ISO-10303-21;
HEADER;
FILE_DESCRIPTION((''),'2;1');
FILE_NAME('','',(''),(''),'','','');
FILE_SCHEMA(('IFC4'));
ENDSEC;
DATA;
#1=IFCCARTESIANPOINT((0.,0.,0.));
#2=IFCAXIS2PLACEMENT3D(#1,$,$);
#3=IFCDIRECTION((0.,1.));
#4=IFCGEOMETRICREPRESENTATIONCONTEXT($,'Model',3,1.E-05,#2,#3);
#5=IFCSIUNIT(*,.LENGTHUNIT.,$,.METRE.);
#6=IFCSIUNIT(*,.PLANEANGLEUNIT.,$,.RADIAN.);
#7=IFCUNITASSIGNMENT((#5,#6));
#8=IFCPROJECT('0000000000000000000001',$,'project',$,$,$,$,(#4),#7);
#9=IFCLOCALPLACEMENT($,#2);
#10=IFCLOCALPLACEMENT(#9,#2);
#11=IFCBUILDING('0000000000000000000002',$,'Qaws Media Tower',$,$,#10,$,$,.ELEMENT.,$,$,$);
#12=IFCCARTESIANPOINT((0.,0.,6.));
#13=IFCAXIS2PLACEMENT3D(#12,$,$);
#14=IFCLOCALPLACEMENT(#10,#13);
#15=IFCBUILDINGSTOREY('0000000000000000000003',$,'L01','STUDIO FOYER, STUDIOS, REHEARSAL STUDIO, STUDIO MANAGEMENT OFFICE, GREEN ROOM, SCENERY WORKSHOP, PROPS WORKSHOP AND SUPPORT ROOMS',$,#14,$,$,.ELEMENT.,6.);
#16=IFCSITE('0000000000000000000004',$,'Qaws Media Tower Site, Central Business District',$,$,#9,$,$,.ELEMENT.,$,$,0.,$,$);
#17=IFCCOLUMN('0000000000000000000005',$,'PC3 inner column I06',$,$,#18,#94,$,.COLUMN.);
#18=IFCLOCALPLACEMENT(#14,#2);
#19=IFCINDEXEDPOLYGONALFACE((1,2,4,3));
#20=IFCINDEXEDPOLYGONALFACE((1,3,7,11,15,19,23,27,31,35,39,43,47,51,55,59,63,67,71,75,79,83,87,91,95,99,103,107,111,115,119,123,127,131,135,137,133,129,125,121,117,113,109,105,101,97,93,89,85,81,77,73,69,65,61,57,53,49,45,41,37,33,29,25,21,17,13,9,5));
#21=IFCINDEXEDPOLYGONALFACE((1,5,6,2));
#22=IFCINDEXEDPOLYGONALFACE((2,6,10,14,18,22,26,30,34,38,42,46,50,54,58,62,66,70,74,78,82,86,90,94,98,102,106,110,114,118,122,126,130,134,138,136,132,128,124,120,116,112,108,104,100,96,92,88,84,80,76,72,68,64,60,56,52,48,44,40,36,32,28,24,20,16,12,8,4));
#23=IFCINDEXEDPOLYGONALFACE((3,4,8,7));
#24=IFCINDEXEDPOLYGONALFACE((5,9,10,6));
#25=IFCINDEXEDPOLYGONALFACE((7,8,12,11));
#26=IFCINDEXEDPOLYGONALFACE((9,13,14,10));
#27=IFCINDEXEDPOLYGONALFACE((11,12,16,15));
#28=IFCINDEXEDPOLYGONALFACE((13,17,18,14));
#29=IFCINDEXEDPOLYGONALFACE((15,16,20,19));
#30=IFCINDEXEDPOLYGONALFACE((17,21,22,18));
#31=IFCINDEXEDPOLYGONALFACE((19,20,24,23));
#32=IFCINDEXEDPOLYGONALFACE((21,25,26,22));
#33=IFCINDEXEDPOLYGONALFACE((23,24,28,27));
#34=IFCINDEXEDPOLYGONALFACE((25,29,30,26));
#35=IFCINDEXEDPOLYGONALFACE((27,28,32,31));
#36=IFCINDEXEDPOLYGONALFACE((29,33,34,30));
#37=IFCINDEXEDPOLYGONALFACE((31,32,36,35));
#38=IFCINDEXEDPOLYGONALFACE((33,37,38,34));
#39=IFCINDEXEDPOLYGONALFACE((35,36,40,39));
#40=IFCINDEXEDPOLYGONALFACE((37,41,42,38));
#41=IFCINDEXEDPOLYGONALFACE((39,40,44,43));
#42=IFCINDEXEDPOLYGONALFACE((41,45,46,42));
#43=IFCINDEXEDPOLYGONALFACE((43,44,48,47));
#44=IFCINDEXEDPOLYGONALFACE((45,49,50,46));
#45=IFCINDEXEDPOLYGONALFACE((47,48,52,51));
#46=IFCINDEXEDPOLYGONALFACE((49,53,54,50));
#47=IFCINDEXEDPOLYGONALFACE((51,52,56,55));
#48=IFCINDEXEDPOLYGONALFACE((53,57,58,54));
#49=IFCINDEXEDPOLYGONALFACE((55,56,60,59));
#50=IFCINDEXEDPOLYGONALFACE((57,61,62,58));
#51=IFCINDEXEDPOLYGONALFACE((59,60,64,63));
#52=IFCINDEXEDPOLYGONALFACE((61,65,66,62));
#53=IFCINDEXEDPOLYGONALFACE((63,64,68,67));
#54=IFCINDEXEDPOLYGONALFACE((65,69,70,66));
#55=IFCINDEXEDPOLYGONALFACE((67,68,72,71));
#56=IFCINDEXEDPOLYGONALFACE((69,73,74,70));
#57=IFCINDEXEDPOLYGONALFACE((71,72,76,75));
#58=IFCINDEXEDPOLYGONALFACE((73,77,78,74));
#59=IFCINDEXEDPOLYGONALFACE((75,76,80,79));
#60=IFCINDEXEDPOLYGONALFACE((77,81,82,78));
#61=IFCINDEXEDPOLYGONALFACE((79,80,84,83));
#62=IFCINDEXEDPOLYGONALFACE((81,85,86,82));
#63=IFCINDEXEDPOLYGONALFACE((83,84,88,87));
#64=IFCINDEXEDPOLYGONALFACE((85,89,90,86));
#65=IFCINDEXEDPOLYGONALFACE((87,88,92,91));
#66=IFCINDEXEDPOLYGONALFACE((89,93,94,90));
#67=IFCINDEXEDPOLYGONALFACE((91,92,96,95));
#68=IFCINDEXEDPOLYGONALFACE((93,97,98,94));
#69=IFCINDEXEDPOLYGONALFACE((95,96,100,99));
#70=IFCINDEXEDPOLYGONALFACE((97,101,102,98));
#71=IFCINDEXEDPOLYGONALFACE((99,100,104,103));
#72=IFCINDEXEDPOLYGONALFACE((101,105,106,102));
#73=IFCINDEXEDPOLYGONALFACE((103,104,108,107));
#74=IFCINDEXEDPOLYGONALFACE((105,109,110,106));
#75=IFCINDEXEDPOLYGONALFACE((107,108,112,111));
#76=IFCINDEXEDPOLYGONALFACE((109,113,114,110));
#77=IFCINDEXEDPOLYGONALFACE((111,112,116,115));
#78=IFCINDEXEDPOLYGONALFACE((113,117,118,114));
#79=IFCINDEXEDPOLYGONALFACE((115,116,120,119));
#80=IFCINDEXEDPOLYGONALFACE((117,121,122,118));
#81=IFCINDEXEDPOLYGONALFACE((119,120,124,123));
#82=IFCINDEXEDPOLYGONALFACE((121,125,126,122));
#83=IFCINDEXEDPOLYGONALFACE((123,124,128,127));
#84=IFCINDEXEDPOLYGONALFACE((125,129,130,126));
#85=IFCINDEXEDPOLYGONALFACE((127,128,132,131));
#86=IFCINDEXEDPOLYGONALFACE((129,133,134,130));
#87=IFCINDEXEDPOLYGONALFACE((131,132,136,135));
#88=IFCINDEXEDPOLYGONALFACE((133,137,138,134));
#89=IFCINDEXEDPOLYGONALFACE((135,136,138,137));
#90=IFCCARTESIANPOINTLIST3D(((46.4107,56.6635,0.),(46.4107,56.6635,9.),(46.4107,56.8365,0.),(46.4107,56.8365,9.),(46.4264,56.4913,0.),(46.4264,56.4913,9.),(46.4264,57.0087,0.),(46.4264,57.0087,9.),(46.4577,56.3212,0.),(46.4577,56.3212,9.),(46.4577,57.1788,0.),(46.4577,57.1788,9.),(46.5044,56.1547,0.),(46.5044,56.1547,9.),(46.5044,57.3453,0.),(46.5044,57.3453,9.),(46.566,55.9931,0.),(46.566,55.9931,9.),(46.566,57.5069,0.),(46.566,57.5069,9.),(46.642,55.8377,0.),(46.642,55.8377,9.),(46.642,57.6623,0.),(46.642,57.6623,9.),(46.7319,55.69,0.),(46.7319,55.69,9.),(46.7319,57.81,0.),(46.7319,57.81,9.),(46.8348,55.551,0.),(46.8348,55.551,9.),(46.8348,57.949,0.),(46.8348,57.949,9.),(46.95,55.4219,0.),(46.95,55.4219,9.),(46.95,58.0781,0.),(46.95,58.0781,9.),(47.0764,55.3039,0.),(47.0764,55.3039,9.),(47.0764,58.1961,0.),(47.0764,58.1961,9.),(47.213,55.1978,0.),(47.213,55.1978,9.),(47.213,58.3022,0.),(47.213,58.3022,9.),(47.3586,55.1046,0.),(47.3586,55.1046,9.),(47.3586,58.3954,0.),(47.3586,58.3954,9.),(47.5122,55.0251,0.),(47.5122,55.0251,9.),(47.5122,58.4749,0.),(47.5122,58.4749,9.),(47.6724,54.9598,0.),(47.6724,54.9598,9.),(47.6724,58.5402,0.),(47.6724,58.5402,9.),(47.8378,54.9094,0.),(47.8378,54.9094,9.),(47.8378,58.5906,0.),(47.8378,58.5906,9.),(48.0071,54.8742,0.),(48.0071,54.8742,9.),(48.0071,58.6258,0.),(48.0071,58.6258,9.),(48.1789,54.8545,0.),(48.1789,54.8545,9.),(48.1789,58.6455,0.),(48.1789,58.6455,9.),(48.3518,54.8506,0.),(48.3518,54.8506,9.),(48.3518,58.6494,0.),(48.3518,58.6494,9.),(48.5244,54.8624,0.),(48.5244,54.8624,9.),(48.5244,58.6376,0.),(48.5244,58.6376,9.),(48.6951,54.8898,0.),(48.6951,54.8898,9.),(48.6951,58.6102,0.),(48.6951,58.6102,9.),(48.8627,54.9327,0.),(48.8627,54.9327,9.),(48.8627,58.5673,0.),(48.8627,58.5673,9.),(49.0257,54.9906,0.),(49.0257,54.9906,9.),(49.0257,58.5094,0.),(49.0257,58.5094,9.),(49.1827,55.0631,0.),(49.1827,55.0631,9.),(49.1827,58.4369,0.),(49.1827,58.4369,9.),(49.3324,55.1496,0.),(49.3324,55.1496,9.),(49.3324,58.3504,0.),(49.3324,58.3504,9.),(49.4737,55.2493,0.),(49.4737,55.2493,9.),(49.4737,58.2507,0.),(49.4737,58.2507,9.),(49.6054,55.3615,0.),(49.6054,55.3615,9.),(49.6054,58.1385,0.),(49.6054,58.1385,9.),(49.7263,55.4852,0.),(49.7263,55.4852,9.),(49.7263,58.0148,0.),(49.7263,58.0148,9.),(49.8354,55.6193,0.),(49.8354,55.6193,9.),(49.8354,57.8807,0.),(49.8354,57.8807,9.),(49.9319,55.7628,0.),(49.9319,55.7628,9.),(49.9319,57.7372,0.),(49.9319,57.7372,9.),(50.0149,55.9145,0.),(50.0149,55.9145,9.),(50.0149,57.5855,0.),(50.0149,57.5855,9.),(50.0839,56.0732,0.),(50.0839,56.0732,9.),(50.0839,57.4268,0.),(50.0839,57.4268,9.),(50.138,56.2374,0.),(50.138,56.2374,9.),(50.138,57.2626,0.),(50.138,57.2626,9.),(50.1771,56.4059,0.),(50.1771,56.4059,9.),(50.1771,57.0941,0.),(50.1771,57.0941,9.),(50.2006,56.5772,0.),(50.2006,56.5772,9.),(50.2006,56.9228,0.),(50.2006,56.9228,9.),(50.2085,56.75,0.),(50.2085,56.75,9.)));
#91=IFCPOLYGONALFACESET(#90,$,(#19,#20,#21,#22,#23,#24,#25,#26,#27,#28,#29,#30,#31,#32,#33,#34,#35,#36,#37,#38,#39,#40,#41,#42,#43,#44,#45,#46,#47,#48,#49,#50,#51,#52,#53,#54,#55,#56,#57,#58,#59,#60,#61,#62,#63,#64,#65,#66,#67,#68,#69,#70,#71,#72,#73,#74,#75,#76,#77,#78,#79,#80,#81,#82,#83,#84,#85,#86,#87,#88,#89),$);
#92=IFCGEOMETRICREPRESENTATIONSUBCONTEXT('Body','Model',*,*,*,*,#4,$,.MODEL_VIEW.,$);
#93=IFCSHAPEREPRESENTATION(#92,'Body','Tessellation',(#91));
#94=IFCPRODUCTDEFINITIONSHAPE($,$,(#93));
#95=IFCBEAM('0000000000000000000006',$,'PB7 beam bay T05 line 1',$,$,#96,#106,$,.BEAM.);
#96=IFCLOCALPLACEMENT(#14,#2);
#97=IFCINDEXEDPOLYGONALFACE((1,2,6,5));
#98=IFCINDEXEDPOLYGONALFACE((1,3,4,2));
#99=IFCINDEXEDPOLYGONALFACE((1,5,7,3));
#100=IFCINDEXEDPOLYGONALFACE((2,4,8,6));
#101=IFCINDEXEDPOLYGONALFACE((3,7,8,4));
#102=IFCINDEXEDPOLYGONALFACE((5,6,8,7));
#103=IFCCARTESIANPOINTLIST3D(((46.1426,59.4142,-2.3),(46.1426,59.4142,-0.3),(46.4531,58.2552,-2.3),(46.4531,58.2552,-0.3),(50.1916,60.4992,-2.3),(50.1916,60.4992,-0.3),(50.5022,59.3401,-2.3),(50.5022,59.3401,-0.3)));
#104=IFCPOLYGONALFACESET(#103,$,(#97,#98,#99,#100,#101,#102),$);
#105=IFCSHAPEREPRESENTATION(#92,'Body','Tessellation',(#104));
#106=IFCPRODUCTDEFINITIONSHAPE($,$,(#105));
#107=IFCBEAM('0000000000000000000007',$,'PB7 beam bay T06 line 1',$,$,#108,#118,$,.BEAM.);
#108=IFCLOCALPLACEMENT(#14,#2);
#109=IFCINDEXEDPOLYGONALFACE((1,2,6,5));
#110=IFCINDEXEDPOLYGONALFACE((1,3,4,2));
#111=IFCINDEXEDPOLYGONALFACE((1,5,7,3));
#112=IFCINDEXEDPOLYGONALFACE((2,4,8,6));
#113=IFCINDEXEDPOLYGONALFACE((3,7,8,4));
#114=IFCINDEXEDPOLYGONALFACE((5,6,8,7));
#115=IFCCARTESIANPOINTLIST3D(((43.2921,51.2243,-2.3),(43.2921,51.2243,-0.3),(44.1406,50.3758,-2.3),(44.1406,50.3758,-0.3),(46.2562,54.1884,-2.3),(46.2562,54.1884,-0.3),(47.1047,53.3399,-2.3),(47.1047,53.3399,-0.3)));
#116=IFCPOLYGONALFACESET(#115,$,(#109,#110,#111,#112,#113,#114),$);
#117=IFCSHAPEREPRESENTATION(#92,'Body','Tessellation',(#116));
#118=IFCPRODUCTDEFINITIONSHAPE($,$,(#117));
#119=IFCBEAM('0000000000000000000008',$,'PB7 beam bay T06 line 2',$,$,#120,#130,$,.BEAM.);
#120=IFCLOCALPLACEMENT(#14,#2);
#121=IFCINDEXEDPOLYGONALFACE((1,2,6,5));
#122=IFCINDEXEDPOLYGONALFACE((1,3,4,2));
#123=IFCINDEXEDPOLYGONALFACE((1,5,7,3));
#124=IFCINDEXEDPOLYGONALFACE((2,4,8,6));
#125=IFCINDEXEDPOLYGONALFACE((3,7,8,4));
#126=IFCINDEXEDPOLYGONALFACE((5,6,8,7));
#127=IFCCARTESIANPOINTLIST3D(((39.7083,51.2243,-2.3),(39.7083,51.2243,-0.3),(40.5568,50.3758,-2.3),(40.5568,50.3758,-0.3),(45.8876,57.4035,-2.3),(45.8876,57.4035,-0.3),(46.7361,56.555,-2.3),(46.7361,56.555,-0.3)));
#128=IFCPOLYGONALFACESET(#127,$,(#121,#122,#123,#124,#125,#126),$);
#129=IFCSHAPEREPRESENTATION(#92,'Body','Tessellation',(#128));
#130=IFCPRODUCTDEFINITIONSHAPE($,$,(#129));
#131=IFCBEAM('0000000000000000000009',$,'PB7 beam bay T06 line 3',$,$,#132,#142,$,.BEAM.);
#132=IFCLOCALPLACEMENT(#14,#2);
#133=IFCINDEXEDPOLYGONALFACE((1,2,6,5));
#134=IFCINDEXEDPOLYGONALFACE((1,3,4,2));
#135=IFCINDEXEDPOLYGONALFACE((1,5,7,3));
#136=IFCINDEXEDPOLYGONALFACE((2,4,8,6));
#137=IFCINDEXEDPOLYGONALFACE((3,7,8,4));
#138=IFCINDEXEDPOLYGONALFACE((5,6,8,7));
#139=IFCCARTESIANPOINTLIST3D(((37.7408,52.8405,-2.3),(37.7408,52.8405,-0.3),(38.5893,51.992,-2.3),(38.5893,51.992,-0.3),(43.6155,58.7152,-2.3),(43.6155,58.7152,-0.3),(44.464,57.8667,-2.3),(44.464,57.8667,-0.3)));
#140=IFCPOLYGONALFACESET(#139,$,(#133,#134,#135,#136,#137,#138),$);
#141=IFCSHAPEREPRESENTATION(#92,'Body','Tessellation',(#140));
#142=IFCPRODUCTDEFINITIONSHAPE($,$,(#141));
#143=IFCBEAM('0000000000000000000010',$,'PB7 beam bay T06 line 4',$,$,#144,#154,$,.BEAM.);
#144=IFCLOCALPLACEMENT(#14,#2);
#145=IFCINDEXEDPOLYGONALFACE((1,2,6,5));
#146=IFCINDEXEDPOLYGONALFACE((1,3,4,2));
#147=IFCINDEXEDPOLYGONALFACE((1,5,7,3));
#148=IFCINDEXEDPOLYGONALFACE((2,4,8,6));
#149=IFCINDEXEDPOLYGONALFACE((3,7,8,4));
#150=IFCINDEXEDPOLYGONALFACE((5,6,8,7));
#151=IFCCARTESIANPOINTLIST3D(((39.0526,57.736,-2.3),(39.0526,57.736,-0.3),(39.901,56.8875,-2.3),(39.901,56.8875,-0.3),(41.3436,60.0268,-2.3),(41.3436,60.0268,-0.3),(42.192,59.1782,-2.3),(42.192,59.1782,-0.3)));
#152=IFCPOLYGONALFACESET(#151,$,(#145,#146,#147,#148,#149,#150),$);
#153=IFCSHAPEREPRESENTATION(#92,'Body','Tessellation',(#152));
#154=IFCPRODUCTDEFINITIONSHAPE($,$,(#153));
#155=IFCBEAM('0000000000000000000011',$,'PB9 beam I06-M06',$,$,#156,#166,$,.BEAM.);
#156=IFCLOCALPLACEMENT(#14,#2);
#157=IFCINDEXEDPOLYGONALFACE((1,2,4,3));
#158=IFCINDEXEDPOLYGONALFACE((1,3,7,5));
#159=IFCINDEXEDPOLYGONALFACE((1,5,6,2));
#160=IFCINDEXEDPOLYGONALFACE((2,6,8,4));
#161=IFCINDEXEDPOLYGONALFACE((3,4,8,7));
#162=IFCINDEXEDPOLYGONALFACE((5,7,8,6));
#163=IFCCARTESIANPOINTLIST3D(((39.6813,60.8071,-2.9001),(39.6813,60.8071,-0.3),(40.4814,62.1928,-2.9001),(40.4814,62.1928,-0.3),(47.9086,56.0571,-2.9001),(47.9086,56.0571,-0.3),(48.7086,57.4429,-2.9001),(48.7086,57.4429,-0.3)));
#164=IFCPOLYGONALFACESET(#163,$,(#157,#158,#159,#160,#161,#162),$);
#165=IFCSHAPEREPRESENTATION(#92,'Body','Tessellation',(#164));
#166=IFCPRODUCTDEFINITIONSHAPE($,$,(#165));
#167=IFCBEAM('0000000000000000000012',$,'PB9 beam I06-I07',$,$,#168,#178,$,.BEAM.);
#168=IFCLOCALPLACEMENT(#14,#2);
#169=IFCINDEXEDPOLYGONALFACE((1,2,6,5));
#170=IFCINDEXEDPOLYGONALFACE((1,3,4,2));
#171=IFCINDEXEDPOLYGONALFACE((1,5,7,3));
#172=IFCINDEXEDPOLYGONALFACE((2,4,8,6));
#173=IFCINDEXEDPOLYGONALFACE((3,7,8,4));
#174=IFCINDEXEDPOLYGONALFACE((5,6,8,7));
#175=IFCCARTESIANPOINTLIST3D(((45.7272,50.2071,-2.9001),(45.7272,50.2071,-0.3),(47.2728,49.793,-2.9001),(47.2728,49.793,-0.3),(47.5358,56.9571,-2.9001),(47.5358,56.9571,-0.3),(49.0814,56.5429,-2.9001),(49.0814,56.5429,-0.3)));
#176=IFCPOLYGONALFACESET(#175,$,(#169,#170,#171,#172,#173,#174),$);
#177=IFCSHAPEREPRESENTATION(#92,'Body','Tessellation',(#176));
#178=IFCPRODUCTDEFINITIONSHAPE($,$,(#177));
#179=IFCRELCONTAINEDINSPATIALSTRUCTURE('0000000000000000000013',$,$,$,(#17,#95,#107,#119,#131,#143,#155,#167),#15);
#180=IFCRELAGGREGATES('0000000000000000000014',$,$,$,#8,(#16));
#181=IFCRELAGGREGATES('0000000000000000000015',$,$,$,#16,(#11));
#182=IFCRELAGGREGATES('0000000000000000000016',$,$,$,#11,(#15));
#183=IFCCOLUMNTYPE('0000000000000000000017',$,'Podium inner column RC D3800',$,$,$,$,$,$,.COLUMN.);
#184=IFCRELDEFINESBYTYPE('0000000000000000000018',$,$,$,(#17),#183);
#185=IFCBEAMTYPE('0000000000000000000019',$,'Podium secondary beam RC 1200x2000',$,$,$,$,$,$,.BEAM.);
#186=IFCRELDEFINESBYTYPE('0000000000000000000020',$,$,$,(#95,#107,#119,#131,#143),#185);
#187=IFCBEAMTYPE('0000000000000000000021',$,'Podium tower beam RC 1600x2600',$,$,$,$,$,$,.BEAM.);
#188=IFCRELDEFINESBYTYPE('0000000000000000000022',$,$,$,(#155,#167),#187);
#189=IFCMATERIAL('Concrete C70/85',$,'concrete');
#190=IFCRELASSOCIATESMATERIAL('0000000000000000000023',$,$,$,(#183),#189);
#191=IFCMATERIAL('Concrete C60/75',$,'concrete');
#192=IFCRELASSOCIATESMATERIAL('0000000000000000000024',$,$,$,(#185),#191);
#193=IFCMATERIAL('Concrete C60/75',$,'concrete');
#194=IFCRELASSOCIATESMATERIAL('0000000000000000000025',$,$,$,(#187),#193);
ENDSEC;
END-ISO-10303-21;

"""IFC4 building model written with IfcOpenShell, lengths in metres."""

from ifc_helpers import new_model, si_unit, direction, frame, origin, origin_2d, place, context, subcontext, project, spatial, rectangle, circle, extrude, material, material_profile, profile_set, type_object, element, save


model = new_model("IFC4")

# Units and contexts
model_context = context("Model", 3, precision=1e-05, world=origin(), true_north=direction((0.0, 1.0)))
body_context = subcontext(model_context, "Body", "Model", "MODEL_VIEW")
ifc_project = project(units=[si_unit("LENGTHUNIT", "METRE"), si_unit("PLANEANGLEUNIT", "RADIAN")], contexts=[model_context])

# Site, building, storey
site_placement = place(None, origin())
site = spatial("IfcSite", under=ifc_project, at=site_placement, Name="Qaws Media Tower Site, Central Business District", CompositionType="ELEMENT", RefElevation=0.0)
building_placement = place(site_placement, origin())
building = spatial("IfcBuilding", under=site, at=building_placement, Name="Qaws Media Tower", CompositionType="ELEMENT")
storey_placement = place(building_placement, frame((0.0, 0.0, 6.0)))
storey = spatial("IfcBuildingStorey", under=building, at=storey_placement, Name="L01", Description="STUDIO FOYER, STUDIOS, REHEARSAL STUDIO, STUDIO MANAGEMENT OFFICE, GREEN ROOM, SCENERY WORKSHOP, PROPS WORKSHOP AND SUPPORT ROOMS", CompositionType="ELEMENT", Elevation=6.0)

# Column
ifc_material_1 = material(Name="Concrete C70/85", Category="concrete")
ifc_material_profile_1 = material_profile(ifc_material_1, circle(Radius=1.8999, at=origin_2d()), Name="RC D3800")
ifc_profile_set_1 = profile_set([ifc_material_profile_1], Name="Concrete C70/85")
column_type = type_object("IfcColumnType", Name="Podium inner column RC D3800", PredefinedType="COLUMN", material=ifc_profile_set_1)
column_placement = place(storey_placement, frame((48.3086, 56.75, 0.0), z_axis=(0.0, 0.0, 1.0), x_axis=(1.0, 0.0, 0.0)))
element("IfcColumn", 1, at=column_placement, inside=storey, type_object=column_type, Name="PC3 inner column I06", PredefinedType="COLUMN", context=body_context, shape_type="SweptSolid", body=[
    extrude(circle(Radius=1.8999, at=origin_2d()), origin(), (0.0, 0.0, 1.0), 9.0),
])

# Beams
ifc_material_2 = material(Name="Concrete C60/75", Category="concrete")
ifc_material_profile_2 = material_profile(ifc_material_2, rectangle(XDim=1.2, YDim=2.0, at=origin_2d()), Name="RC 1200x2000")
ifc_profile_set_2 = profile_set([ifc_material_profile_2], Name="Concrete C60/75")
beam_type_1 = type_object("IfcBeamType", Name="Podium secondary beam RC 1200x2000", PredefinedType="BEAM", material=ifc_profile_set_2)
for number, where, z_axis, x_axis, name in (
    (2, (46.2979, 58.8347, -1.3), (0.965925, 0.258822, 0.0), (-0.258822, 0.965925, 0.0), "PB7 beam bay T05 line 1"),
    (3, (43.7163, 50.8, -1.3), (0.707107, 0.707107, 0.0), (-0.707107, 0.707107, 0.0), "PB7 beam bay T06 line 1"),
):
    element("IfcBeam", number, at=place(storey_placement, frame(where, z_axis=z_axis, x_axis=x_axis)), inside=storey, type_object=beam_type_1, Name=name, PredefinedType="BEAM", context=body_context, shape_type="SweptSolid", body=[
        extrude(rectangle(XDim=1.2, YDim=2.0, at=origin_2d()), origin(), (0.0, 0.0, 1.0), 4.1919),
    ])
beam_1_placement = place(storey_placement, frame((40.1326, 50.8, -1.3), z_axis=(0.707107, 0.707107, 0.0), x_axis=(-0.707107, 0.707107, 0.0)))
element("IfcBeam", 4, at=beam_1_placement, inside=storey, type_object=beam_type_1, Name="PB7 beam bay T06 line 2", PredefinedType="BEAM", context=body_context, shape_type="SweptSolid", body=[
    extrude(rectangle(XDim=1.2, YDim=2.0, at=origin_2d()), origin(), (0.0, 0.0, 1.0), 8.7388),
])
beam_2_placement = place(storey_placement, frame((38.165, 52.4163, -1.3), z_axis=(0.707107, 0.707107, 0.0), x_axis=(-0.707107, 0.707107, 0.0)))
element("IfcBeam", 5, at=beam_2_placement, inside=storey, type_object=beam_type_1, Name="PB7 beam bay T06 line 3", PredefinedType="BEAM", context=body_context, shape_type="SweptSolid", body=[
    extrude(rectangle(XDim=1.2, YDim=2.0, at=origin_2d()), origin(), (0.0, 0.0, 1.0), 8.3081),
])
beam_3_placement = place(storey_placement, frame((39.4768, 57.3118, -1.3), z_axis=(0.707144, 0.707069, 0.0), x_axis=(-0.707069, 0.707144, 0.0)))
element("IfcBeam", 6, at=beam_3_placement, inside=storey, type_object=beam_type_1, Name="PB7 beam bay T06 line 4", PredefinedType="BEAM", context=body_context, shape_type="SweptSolid", body=[
    extrude(rectangle(XDim=1.2, YDim=2.0, at=origin_2d()), origin(), (0.0, 0.0, 1.0), 3.2397),
])
ifc_material_3 = material(Name="Concrete C60/75", Category="concrete")
ifc_material_profile_3 = material_profile(ifc_material_3, rectangle(XDim=1.6001, YDim=2.6001, at=origin_2d()), Name="RC 1600x2600")
ifc_profile_set_3 = profile_set([ifc_material_profile_3], Name="Concrete C60/75")
beam_type_2 = type_object("IfcBeamType", Name="Podium tower beam RC 1600x2600", PredefinedType="BEAM", material=ifc_profile_set_3)
beam_4_placement = place(storey_placement, frame((48.3086, 56.75, -1.6001), z_axis=(-0.866027, 0.499998, 0.0), x_axis=(-0.499998, -0.866027, 0.0)))
element("IfcBeam", 7, at=beam_4_placement, inside=storey, type_object=beam_type_2, Name="PB9 beam I06-M06", PredefinedType="BEAM", context=body_context, shape_type="SweptSolid", body=[
    extrude(rectangle(XDim=1.6001, YDim=2.6001, at=origin_2d()), origin(), (0.0, 0.0, 1.0), 9.5),
])
beam_5_placement = place(storey_placement, frame((48.3086, 56.75, -1.6001), z_axis=(-0.258811, -0.965928, 0.0), x_axis=(0.965928, -0.258811, 0.0)))
element("IfcBeam", 8, at=beam_5_placement, inside=storey, type_object=beam_type_2, Name="PB9 beam I06-I07", PredefinedType="BEAM", context=body_context, shape_type="SweptSolid", body=[
    extrude(rectangle(XDim=1.6001, YDim=2.6001, at=origin_2d()), origin(), (0.0, 0.0, 1.0), 6.988),
])

save(model, "model.ifc")
